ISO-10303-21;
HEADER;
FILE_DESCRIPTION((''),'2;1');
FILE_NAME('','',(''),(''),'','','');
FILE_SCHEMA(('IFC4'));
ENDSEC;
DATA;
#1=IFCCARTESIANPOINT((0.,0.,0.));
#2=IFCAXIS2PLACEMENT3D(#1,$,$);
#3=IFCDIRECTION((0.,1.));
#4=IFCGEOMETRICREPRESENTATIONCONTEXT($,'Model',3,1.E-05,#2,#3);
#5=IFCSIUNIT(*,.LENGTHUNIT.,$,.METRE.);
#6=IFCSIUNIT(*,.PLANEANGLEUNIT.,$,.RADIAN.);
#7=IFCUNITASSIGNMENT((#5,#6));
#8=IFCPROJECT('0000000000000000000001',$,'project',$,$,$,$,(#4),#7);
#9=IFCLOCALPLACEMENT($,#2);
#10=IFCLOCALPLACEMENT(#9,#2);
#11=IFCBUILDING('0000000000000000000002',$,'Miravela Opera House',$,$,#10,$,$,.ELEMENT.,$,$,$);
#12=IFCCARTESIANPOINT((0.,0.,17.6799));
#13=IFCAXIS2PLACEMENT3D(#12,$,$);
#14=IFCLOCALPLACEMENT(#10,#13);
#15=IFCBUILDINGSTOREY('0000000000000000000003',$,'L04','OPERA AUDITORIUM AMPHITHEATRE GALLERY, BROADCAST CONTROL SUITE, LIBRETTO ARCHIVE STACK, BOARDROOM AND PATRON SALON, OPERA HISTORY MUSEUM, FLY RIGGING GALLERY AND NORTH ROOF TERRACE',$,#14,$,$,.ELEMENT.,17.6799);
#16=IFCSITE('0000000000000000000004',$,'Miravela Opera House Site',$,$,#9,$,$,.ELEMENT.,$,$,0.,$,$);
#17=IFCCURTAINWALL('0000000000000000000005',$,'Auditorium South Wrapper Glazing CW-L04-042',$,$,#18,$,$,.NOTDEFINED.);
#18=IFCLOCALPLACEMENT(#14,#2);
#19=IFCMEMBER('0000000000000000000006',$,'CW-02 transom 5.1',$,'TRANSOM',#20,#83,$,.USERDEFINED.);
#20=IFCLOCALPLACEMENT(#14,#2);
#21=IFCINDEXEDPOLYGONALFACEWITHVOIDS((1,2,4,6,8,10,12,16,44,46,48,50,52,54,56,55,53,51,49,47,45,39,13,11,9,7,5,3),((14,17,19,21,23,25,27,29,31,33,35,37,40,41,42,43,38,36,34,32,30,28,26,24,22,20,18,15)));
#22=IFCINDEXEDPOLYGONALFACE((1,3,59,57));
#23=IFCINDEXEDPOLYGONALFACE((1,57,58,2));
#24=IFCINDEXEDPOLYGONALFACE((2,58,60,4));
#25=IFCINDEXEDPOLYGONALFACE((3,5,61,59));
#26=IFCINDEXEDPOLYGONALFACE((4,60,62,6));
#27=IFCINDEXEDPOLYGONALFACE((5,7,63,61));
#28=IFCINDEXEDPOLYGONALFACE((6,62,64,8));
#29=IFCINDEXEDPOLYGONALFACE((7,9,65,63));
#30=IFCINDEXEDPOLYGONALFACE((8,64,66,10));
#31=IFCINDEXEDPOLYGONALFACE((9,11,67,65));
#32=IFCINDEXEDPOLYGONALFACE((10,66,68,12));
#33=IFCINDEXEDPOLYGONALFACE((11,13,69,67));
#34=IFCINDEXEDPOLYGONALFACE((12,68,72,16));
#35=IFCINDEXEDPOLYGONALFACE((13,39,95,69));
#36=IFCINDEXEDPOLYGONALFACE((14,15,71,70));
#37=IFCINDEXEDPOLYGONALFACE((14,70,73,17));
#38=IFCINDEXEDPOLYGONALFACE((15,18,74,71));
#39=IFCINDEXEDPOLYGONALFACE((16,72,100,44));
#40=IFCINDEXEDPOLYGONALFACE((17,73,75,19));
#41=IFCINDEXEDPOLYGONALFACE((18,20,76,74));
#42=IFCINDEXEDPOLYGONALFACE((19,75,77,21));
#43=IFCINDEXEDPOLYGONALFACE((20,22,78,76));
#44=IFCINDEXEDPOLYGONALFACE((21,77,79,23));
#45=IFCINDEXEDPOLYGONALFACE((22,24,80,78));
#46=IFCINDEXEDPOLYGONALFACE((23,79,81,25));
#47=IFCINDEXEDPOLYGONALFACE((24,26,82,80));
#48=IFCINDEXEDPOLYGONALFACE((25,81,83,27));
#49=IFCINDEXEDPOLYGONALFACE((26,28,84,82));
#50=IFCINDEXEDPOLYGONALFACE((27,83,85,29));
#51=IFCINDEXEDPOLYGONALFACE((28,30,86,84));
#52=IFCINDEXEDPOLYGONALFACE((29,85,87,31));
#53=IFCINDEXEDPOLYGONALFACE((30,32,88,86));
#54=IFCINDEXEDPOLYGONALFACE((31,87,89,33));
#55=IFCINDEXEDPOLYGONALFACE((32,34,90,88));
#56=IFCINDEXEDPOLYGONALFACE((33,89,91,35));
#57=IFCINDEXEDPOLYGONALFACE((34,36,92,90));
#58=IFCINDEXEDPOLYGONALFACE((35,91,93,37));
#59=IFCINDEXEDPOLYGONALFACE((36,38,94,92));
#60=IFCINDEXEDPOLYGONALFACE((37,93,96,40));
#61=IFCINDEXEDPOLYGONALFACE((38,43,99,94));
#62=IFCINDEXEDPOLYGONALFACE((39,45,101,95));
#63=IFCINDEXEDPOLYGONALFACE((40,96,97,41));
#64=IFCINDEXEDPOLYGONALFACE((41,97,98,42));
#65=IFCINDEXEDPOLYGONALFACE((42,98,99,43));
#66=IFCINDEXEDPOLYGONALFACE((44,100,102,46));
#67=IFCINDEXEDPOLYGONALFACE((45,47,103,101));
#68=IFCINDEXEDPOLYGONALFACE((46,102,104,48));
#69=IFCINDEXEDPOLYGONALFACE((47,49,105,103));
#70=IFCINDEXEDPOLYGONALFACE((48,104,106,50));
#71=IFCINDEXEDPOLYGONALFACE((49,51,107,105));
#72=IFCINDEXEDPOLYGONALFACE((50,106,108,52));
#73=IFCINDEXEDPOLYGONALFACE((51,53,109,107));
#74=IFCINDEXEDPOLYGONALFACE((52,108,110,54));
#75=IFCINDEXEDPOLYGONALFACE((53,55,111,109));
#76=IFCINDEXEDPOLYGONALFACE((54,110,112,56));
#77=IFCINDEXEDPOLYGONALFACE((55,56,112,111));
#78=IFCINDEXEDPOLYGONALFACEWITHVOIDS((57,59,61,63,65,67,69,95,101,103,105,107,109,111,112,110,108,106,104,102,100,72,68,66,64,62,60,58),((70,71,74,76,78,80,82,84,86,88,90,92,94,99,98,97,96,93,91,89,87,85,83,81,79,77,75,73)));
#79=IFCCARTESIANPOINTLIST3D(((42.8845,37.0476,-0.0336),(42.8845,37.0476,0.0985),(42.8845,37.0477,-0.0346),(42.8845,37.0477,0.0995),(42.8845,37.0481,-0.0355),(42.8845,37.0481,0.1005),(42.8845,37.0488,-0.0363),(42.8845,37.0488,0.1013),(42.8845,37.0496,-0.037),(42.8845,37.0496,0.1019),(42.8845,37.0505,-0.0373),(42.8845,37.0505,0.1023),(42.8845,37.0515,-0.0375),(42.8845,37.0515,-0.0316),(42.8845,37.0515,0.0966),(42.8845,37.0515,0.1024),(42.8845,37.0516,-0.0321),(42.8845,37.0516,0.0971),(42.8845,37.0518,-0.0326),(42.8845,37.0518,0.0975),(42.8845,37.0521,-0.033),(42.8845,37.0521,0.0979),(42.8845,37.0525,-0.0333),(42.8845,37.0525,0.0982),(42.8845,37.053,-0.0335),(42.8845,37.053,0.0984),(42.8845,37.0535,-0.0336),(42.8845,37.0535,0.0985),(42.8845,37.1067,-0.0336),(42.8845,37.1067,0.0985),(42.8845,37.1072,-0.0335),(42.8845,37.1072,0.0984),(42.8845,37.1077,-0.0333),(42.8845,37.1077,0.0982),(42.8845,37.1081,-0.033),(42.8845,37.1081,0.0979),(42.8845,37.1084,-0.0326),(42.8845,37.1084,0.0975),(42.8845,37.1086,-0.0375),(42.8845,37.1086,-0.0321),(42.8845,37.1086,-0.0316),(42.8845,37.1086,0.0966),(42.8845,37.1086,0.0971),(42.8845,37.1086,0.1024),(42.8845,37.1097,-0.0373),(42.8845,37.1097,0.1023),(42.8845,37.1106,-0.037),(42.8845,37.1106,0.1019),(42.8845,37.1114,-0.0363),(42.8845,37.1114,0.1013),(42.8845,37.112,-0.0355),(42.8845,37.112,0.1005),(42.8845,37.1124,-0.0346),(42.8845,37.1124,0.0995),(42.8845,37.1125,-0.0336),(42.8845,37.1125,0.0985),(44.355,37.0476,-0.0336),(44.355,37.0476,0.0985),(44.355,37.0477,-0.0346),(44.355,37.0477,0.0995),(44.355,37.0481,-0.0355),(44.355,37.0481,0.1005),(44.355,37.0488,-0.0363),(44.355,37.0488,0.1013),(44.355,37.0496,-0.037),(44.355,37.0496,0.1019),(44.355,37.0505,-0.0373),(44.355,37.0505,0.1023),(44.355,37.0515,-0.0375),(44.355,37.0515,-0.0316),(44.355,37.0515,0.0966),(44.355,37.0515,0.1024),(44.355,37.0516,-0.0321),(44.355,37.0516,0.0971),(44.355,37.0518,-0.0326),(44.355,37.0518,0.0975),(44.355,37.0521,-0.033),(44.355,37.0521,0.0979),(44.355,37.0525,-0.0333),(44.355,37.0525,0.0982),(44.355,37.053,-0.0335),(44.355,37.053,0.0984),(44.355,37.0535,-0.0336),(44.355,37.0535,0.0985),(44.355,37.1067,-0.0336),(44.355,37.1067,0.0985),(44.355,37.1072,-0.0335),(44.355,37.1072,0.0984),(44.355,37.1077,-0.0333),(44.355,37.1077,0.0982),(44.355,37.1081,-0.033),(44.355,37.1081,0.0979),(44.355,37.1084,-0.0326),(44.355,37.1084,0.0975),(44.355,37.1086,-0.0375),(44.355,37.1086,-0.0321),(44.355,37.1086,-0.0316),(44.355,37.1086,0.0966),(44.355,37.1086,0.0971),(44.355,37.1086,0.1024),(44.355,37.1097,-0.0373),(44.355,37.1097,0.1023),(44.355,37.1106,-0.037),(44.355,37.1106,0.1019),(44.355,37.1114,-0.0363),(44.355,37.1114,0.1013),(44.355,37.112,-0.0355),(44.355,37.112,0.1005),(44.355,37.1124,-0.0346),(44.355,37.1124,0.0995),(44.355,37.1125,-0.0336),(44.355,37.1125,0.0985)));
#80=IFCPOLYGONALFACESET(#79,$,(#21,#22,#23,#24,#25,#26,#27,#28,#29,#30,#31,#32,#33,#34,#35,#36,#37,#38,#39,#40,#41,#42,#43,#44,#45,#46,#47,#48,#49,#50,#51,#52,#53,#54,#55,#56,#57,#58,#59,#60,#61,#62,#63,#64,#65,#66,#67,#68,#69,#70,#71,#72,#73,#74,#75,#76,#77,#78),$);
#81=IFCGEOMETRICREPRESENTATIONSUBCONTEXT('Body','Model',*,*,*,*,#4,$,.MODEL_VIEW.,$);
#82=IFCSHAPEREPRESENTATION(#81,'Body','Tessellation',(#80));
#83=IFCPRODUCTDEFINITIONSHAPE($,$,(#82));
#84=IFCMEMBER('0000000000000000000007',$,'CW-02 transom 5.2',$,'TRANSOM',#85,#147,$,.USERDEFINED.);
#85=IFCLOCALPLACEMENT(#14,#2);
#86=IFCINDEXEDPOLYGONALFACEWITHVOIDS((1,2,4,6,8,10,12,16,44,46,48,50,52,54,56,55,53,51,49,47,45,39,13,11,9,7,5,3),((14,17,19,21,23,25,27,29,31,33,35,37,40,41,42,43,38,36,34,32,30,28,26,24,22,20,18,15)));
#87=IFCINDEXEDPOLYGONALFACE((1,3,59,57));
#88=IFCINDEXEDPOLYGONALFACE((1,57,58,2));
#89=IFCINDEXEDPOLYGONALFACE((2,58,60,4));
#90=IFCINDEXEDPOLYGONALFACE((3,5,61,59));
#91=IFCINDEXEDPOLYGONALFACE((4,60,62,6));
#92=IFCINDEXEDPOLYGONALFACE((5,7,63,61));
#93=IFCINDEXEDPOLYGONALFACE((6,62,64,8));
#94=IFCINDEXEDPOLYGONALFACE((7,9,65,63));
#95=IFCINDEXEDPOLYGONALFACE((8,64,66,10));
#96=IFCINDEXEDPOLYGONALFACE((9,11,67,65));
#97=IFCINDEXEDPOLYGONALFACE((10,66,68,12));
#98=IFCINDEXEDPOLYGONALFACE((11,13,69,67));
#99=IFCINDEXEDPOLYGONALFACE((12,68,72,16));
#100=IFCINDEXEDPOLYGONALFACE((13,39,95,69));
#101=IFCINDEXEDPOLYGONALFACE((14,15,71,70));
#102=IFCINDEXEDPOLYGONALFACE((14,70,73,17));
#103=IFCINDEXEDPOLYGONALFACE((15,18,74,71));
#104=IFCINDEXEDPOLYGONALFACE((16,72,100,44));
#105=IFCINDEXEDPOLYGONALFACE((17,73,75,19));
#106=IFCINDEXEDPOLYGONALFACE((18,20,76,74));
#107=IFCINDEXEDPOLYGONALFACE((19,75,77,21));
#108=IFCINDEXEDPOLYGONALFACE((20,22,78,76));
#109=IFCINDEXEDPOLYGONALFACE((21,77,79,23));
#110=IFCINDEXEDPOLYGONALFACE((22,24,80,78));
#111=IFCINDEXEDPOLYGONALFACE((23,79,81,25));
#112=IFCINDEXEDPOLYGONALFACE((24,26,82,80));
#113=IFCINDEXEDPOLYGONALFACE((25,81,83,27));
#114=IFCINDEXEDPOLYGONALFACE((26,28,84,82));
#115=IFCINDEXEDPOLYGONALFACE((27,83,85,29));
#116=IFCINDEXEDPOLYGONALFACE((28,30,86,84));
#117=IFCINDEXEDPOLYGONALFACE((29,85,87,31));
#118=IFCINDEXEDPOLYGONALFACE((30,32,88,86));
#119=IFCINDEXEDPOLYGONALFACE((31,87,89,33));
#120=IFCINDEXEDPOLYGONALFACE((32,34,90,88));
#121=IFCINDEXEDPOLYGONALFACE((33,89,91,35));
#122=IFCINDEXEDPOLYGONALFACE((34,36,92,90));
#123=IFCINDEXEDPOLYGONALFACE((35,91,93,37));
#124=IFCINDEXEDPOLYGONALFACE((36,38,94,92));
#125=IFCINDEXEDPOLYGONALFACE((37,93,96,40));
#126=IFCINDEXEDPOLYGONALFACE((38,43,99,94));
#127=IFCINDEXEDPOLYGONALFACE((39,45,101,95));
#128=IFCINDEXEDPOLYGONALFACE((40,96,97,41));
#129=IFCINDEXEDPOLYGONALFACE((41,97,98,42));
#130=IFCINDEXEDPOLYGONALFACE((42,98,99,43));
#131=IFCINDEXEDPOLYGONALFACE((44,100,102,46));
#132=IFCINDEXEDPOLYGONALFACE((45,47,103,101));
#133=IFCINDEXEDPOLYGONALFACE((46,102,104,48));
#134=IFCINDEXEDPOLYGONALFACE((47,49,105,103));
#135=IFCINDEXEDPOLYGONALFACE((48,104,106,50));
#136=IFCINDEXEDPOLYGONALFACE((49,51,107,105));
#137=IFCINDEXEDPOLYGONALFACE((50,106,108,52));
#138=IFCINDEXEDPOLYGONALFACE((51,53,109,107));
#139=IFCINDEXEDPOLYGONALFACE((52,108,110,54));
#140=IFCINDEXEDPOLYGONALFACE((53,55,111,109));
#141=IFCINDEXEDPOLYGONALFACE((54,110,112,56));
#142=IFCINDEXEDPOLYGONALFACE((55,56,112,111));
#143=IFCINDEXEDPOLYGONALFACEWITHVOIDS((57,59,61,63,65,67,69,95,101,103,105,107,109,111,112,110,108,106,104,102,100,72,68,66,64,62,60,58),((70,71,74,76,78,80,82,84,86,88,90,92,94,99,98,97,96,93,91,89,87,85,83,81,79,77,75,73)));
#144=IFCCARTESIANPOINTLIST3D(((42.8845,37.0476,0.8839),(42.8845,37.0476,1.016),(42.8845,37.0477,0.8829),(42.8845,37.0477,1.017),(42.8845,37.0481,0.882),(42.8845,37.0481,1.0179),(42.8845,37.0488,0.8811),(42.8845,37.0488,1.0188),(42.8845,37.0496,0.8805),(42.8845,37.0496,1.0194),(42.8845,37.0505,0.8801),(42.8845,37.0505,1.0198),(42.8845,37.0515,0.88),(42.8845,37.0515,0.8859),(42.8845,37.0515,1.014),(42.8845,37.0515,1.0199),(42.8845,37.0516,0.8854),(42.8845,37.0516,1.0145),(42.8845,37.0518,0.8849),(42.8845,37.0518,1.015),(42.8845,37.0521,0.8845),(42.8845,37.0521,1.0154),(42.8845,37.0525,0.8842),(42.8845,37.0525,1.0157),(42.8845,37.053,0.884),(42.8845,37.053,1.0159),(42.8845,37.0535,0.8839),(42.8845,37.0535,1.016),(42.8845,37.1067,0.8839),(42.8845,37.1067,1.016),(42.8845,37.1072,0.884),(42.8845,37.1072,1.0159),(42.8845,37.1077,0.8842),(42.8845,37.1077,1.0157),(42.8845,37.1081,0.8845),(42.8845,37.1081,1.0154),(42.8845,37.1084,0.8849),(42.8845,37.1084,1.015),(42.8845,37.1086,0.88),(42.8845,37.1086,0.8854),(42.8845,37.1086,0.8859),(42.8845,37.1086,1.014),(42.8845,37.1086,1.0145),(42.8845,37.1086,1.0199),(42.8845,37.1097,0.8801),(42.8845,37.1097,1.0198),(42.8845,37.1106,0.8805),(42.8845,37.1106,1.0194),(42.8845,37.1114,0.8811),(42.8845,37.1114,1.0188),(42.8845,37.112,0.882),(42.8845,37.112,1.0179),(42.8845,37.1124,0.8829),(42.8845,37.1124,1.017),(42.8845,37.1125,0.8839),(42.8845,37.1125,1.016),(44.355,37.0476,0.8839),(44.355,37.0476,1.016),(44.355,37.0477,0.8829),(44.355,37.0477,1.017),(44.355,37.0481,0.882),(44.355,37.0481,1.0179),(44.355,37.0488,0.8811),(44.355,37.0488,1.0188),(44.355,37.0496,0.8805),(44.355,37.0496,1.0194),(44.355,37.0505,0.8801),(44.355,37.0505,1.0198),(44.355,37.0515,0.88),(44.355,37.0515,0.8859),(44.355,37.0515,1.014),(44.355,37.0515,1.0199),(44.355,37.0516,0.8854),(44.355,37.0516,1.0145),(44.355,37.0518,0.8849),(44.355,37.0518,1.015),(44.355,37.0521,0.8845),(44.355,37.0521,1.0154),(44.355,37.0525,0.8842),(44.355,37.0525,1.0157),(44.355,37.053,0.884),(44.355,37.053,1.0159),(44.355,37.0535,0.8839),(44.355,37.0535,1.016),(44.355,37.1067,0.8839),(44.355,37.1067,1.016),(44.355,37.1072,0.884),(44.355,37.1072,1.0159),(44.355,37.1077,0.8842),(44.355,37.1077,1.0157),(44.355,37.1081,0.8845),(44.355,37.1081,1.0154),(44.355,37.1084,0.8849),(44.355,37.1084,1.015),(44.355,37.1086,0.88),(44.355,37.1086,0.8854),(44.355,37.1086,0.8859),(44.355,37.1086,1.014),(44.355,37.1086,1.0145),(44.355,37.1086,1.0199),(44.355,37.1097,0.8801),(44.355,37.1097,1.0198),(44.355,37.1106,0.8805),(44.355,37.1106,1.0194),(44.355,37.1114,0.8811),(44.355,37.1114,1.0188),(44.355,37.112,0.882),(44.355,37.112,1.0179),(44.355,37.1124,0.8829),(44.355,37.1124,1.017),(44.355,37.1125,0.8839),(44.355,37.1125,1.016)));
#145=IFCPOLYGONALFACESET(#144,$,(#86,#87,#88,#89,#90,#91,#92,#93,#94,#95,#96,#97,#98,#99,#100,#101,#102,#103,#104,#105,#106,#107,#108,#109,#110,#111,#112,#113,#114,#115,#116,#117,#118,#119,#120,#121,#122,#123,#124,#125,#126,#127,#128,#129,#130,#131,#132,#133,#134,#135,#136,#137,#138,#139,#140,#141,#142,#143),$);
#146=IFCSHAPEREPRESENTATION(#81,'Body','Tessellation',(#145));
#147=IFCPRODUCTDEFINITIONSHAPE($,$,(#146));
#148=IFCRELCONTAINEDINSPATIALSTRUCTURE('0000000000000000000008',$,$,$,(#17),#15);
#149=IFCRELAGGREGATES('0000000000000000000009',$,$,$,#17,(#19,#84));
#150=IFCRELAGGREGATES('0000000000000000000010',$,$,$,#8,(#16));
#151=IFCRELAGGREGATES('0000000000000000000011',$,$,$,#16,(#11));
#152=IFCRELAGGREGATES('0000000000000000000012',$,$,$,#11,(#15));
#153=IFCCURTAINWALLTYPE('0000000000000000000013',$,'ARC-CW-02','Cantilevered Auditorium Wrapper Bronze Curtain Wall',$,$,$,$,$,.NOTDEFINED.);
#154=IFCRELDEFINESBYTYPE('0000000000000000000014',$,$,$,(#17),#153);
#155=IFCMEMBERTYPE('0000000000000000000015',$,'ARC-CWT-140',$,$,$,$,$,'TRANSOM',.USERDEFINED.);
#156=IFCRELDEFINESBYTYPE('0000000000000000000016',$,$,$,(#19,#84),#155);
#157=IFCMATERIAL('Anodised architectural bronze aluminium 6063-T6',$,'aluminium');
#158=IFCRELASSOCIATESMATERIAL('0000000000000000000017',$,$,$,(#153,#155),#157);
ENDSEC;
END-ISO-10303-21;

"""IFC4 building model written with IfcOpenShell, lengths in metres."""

from ifc_helpers import new_model, si_unit, direction, frame, origin, origin_2d, place, context, subcontext, project, spatial, hollow_rectangle, extrude, material, material_profile, profile_set, type_object, element, aggregate, save


model = new_model("IFC4")

# Units and contexts
model_context = context("Model", 3, precision=1e-05, world=origin(), true_north=direction((0.0, 1.0)))
body_context = subcontext(model_context, "Body", "Model", "MODEL_VIEW")
ifc_project = project(units=[si_unit("LENGTHUNIT", "METRE"), si_unit("PLANEANGLEUNIT", "RADIAN")], contexts=[model_context])

# Site, building, storey
site_placement = place(None, origin())
site = spatial("IfcSite", under=ifc_project, at=site_placement, Name="Miravela Opera House Site", CompositionType="ELEMENT", RefElevation=0.0)
building_placement = place(site_placement, origin())
building = spatial("IfcBuilding", under=site, at=building_placement, Name="Miravela Opera House", CompositionType="ELEMENT")
storey_placement = place(building_placement, frame((0.0, 0.0, 17.6799)))
storey = spatial("IfcBuildingStorey", under=building, at=storey_placement, Name="L04", Description="OPERA AUDITORIUM AMPHITHEATRE GALLERY, BROADCAST CONTROL SUITE, LIBRETTO ARCHIVE STACK, BOARDROOM AND PATRON SALON, OPERA HISTORY MUSEUM, FLY RIGGING GALLERY AND NORTH ROOF TERRACE", CompositionType="ELEMENT", Elevation=17.6799)

# Curtain wall
ifc_material_1 = material(Name="Anodised architectural bronze aluminium 6063-T6", Category="aluminium")
curtain_wall_type = type_object("IfcCurtainWallType", Name="ARC-CW-02", Description="Cantilevered Auditorium Wrapper Bronze Curtain Wall", PredefinedType="NOTDEFINED", material=ifc_material_1)
curtain_wall_1_placement = place(storey_placement, origin())
curtain_wall_1 = element("IfcCurtainWall", 1, at=curtain_wall_1_placement, inside=storey, type_object=curtain_wall_type, Name="Auditorium South Wrapper Glazing CW-L04-042", PredefinedType="NOTDEFINED")

# Members
ifc_material_profile_1 = material_profile(ifc_material_1, hollow_rectangle(XDim=0.0649, YDim=0.1399, WallThickness=0.0039, InnerFilletRadius=0.002, OuterFilletRadius=0.0039, at=origin_2d()), Name="CWT-65X140")
ifc_profile_set_1 = profile_set([ifc_material_profile_1])
member_type_1 = type_object("IfcMemberType", Name="ARC-CWT-140", ElementType="TRANSOM", PredefinedType="USERDEFINED", material=ifc_profile_set_1)
member_1_placement = place(storey_placement, frame((42.8845, 37.0801, 0.0325), z_axis=(1.0, 0.0, 0.0), x_axis=(0.0, 1.0, 0.0)))
member_1 = element("IfcMember", 2, at=member_1_placement, type_object=member_type_1, Name="CW-02 transom 5.1", ObjectType="TRANSOM", PredefinedType="USERDEFINED", context=body_context, shape_type="SweptSolid", body=[
    extrude(hollow_rectangle(XDim=0.0649, YDim=0.1399, WallThickness=0.0039, InnerFilletRadius=0.002, OuterFilletRadius=0.0039, at=origin_2d()), origin(), (0.0, 0.0, 1.0), 1.4705),
])
member_2_placement = place(storey_placement, frame((42.8845, 37.0801, 0.95), z_axis=(1.0, 0.0, 0.0), x_axis=(0.0, 1.0, 0.0)))
member_2 = element("IfcMember", 3, at=member_2_placement, type_object=member_type_1, Name="CW-02 transom 5.2", ObjectType="TRANSOM", PredefinedType="USERDEFINED", context=body_context, shape_type="SweptSolid", body=[
    extrude(hollow_rectangle(XDim=0.0649, YDim=0.1399, WallThickness=0.0039, InnerFilletRadius=0.002, OuterFilletRadius=0.0039, at=origin_2d()), origin(), (0.0, 0.0, 1.0), 1.4705),
])

aggregate(curtain_wall_1, [member_1, member_2])

save(model, "model.ifc")
